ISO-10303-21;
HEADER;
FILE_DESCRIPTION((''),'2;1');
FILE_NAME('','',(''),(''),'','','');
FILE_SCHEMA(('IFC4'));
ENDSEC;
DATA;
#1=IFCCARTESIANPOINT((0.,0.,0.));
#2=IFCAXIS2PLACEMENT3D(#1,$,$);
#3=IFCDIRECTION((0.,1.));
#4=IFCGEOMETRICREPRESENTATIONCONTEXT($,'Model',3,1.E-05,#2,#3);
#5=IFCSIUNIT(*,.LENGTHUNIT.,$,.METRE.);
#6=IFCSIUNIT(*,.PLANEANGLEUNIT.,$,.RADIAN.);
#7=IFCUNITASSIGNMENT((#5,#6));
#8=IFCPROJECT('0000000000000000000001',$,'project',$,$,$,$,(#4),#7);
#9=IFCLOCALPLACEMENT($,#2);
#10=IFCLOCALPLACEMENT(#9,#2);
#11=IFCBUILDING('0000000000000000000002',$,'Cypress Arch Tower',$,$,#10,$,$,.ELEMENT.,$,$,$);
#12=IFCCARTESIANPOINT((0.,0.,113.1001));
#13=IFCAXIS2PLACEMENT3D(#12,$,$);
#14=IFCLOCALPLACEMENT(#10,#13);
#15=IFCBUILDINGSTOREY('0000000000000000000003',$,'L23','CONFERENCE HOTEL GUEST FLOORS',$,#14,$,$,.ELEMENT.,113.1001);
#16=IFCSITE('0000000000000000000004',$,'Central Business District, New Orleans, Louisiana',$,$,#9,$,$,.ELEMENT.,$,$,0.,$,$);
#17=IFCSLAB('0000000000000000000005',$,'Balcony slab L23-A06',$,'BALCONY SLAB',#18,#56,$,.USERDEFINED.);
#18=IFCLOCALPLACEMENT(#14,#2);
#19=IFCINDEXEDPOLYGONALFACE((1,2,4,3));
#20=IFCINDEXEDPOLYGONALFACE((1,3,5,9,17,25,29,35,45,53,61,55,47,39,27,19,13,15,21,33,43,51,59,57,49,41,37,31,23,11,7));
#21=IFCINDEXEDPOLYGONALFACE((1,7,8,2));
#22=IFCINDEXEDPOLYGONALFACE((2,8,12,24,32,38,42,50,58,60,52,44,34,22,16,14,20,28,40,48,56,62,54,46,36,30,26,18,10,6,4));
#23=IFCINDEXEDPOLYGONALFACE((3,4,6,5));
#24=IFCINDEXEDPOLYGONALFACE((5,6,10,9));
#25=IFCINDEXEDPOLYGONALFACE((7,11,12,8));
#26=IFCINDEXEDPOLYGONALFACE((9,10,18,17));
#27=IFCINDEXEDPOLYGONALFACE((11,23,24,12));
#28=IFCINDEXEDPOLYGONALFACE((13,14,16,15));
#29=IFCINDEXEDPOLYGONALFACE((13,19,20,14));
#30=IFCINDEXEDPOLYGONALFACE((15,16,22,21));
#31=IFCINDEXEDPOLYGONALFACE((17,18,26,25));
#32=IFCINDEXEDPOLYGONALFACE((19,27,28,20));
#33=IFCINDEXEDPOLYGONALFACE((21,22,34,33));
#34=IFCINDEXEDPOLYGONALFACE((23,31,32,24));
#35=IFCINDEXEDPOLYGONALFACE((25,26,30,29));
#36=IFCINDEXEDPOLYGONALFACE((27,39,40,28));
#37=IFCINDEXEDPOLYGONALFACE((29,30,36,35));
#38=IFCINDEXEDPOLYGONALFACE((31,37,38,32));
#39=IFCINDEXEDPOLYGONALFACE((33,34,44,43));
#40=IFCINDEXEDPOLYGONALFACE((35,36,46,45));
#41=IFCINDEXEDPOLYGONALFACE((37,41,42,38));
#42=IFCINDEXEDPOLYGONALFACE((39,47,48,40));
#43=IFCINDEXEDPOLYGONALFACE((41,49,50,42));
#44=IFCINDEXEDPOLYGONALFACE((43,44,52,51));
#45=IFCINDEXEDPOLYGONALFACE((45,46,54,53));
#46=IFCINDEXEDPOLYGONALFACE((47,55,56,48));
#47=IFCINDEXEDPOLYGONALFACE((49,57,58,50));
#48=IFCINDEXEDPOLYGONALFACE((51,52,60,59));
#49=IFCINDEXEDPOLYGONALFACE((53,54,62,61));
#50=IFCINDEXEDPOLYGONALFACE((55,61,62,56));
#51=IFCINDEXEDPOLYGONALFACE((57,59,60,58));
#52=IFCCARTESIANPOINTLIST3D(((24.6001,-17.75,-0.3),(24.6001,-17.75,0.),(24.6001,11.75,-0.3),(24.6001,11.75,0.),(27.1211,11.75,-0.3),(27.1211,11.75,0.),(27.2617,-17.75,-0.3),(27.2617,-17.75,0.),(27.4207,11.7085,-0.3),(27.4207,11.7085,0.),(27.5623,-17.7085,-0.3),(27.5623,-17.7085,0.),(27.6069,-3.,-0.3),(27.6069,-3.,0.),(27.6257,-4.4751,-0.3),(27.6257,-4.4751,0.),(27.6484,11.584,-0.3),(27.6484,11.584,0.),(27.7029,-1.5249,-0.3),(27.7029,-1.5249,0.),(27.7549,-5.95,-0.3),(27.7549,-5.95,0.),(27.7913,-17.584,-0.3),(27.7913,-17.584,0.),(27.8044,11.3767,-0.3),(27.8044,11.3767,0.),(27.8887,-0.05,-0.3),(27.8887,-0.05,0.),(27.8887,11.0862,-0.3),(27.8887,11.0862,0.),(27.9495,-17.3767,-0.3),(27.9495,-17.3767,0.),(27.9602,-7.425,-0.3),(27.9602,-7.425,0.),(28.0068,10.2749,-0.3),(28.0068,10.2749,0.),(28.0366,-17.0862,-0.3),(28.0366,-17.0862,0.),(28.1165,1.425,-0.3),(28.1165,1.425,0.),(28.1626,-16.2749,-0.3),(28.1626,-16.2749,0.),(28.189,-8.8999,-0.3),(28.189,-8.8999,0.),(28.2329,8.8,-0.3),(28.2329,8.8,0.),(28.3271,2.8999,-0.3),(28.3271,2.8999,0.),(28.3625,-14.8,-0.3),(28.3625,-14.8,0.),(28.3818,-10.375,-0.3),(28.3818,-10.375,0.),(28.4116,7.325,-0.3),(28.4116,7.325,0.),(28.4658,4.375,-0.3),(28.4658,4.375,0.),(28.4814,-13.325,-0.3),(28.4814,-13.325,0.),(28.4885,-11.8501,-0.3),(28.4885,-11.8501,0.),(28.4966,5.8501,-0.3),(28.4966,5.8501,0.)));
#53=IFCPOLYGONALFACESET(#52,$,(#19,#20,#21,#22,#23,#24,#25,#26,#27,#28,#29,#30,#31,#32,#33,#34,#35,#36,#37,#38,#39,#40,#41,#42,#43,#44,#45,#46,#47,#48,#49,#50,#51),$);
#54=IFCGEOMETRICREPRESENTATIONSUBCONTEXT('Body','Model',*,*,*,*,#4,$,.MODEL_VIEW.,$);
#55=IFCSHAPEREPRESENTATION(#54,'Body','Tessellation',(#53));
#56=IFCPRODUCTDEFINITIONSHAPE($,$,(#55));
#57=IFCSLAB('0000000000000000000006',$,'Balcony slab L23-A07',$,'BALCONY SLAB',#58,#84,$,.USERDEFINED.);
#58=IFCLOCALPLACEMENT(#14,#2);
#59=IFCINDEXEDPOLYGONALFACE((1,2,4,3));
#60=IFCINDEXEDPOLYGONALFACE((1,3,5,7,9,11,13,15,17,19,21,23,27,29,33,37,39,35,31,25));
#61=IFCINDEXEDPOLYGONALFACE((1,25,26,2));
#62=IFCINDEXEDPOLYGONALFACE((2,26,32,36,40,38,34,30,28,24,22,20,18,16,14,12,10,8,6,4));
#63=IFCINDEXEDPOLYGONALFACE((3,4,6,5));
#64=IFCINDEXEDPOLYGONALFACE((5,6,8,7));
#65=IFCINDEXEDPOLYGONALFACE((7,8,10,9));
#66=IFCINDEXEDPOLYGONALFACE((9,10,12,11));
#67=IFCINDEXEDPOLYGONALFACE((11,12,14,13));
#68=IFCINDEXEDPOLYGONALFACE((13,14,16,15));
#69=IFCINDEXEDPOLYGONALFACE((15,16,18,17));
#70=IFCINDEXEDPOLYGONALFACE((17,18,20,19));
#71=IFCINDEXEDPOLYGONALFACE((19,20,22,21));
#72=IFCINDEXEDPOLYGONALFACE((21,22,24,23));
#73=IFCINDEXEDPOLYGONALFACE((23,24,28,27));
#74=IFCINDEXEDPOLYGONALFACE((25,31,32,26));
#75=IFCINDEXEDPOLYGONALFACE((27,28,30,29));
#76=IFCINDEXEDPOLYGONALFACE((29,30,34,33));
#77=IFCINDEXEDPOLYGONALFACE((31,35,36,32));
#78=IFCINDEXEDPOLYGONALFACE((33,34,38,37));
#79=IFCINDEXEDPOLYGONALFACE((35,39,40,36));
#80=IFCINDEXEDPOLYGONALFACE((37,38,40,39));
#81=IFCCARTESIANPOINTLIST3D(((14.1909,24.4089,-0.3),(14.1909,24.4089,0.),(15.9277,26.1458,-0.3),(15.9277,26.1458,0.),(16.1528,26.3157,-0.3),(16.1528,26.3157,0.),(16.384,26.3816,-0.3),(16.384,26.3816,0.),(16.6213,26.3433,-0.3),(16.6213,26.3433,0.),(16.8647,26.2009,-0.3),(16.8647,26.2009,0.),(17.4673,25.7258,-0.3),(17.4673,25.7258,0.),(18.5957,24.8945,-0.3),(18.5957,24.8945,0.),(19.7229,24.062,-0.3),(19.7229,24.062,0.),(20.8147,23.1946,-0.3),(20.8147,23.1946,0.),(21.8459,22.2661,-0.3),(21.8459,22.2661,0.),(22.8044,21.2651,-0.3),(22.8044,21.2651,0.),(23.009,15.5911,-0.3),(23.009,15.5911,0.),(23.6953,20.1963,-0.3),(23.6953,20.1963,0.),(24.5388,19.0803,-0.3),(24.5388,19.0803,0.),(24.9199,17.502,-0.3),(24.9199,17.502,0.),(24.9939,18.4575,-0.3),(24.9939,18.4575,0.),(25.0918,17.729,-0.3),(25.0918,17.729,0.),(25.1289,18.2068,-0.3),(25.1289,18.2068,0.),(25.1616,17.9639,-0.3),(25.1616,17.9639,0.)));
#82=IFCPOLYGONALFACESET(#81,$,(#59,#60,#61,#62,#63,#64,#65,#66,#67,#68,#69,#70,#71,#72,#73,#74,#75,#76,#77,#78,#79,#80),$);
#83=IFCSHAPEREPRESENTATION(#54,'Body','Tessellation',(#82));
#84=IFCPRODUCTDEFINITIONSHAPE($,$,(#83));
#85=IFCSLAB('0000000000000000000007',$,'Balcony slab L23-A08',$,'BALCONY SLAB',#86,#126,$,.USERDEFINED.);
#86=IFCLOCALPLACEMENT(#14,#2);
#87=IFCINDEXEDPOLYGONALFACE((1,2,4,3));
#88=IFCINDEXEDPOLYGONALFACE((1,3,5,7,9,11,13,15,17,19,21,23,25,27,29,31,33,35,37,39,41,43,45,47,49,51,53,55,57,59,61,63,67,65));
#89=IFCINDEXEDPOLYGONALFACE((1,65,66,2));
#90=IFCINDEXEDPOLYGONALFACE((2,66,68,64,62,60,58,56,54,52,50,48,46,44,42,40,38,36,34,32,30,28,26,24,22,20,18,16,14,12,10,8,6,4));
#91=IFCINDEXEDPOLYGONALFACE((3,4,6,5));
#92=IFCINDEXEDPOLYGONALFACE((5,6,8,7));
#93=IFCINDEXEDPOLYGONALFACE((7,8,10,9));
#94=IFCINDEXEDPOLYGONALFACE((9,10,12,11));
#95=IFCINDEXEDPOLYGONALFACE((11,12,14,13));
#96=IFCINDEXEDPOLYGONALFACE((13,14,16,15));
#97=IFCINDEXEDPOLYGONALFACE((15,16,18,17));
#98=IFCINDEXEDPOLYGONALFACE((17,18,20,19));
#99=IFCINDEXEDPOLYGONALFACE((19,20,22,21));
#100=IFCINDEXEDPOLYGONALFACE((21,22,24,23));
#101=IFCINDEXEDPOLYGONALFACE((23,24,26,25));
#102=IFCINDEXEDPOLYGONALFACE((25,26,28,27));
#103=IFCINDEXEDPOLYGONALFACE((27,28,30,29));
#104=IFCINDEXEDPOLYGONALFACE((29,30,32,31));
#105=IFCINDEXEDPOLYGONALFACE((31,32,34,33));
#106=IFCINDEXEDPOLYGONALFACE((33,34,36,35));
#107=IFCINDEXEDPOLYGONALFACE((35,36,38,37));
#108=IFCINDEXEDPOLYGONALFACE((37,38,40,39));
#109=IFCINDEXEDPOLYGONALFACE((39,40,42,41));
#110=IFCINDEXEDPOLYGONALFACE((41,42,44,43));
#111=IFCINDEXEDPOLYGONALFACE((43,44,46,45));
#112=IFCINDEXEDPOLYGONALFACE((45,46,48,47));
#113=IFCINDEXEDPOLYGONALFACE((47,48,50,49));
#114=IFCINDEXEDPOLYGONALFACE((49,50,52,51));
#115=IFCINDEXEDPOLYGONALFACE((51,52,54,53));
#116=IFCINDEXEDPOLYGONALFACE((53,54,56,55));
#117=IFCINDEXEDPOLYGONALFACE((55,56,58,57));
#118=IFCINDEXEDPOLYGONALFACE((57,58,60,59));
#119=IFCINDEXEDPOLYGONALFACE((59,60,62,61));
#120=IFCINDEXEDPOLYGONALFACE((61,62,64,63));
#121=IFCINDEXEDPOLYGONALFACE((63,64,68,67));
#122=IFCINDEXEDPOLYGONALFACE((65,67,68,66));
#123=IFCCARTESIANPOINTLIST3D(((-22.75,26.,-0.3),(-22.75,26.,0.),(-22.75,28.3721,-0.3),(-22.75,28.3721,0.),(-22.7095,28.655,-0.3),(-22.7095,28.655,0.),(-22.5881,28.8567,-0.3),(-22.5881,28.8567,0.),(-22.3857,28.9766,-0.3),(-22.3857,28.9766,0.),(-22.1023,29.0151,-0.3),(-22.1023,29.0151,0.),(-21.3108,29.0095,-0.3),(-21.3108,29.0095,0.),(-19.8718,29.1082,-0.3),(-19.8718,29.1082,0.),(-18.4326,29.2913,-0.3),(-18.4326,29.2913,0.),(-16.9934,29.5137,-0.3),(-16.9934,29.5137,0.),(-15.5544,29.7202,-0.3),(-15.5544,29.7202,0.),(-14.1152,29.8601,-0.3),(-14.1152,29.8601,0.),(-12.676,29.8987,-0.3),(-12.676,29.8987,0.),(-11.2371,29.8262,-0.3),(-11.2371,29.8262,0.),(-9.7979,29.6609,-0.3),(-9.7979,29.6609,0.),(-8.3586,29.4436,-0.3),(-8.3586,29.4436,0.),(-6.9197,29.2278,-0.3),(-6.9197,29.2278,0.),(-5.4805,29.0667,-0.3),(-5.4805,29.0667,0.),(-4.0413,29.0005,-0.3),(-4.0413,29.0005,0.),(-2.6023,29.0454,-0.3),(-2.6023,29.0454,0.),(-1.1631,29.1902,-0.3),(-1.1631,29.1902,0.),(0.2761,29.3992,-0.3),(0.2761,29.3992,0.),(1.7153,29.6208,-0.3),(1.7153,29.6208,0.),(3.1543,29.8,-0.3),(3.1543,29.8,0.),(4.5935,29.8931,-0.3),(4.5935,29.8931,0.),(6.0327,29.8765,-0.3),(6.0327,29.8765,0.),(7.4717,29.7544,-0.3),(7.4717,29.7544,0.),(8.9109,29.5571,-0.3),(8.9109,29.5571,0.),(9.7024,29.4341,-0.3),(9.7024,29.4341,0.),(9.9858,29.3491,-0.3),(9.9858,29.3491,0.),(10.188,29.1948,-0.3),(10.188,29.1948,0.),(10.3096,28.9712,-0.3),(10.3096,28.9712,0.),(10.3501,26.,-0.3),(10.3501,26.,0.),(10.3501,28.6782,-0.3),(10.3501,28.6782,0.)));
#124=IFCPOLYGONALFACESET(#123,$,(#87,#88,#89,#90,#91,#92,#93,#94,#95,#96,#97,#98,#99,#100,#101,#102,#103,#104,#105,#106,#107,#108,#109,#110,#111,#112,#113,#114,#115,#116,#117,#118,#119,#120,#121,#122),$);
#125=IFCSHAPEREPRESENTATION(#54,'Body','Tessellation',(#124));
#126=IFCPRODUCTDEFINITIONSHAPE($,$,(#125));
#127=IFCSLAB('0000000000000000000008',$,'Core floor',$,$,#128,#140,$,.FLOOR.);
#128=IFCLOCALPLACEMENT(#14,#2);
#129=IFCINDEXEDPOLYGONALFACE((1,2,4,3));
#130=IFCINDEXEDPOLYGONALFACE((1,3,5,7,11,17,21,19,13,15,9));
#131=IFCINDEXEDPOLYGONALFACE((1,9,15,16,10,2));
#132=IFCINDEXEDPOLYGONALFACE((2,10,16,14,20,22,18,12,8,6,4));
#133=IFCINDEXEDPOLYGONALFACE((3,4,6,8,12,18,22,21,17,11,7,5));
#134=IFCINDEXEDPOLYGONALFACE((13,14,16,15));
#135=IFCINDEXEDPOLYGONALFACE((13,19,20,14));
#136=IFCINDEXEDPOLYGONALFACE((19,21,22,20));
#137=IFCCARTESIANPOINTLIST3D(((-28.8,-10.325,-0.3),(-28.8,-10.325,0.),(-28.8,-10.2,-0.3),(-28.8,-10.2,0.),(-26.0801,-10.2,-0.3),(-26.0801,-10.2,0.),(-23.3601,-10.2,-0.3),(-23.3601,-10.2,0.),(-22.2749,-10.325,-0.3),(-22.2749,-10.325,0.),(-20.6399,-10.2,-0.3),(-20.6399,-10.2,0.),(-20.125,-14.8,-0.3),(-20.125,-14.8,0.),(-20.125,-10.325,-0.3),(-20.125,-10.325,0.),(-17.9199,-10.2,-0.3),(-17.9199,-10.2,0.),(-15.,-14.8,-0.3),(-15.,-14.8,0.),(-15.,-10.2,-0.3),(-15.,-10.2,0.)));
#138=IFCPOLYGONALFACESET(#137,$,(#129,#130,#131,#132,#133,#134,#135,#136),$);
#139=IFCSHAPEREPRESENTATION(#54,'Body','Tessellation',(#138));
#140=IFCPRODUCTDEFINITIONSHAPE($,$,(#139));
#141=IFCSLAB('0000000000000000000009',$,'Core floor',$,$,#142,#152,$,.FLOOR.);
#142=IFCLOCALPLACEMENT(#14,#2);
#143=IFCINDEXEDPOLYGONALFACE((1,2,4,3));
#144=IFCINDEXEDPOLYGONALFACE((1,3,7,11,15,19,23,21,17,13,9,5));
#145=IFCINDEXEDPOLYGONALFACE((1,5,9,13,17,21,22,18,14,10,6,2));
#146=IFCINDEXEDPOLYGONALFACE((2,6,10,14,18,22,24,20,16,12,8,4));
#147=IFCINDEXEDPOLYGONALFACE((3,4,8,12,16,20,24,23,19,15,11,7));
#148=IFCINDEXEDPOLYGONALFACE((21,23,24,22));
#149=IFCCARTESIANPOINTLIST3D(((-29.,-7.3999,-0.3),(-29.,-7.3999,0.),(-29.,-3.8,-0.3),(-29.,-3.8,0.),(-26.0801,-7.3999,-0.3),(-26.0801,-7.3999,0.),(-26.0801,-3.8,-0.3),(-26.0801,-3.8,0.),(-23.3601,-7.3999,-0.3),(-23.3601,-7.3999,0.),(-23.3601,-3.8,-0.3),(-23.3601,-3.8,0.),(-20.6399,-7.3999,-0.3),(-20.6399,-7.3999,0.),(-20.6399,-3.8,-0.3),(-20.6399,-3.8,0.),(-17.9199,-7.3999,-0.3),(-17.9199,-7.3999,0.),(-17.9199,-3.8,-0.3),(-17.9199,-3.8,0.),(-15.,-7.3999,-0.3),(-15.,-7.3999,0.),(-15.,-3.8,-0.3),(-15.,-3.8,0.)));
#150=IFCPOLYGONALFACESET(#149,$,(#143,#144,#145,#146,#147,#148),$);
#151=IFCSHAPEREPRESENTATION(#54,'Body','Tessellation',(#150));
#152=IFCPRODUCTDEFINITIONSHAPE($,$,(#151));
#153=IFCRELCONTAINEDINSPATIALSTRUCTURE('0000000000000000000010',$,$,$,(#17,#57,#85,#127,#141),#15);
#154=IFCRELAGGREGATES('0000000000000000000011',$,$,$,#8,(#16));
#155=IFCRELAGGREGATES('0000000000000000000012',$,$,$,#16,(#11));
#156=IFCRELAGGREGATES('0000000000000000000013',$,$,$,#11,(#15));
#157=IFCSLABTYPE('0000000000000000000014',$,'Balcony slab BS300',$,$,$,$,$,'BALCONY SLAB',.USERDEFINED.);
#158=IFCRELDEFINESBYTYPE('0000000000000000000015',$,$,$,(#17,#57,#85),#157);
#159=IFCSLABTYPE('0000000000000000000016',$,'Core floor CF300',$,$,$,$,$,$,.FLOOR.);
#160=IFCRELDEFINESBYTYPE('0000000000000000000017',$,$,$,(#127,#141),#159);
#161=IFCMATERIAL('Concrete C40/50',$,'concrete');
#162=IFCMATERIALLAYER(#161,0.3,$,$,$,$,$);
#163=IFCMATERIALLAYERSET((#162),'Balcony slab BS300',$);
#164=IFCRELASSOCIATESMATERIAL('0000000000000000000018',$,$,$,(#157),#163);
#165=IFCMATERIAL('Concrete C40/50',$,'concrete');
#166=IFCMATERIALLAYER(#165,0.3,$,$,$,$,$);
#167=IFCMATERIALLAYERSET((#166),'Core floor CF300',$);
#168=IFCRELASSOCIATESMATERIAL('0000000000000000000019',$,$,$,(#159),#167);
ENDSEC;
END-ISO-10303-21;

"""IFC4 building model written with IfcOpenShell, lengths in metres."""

from ifc_helpers import new_model, si_unit, direction, frame, origin, place, context, subcontext, project, spatial, polyline, outline, extrude, material, layer, layer_set, type_object, element, save


model = new_model("IFC4")

# Units and contexts
model_context = context("Model", 3, precision=1e-05, world=origin(), true_north=direction((0.0, 1.0)))
body_context = subcontext(model_context, "Body", "Model", "MODEL_VIEW")
ifc_project = project(units=[si_unit("LENGTHUNIT", "METRE"), si_unit("PLANEANGLEUNIT", "RADIAN")], contexts=[model_context])

# Site, building, storey
site_placement = place(None, origin())
site = spatial("IfcSite", under=ifc_project, at=site_placement, Name="Central Business District, New Orleans, Louisiana", CompositionType="ELEMENT", RefElevation=0.0)
building_placement = place(site_placement, origin())
building = spatial("IfcBuilding", under=site, at=building_placement, Name="Cypress Arch Tower", CompositionType="ELEMENT")
storey_placement = place(building_placement, frame((0.0, 0.0, 113.1001)))
storey = spatial("IfcBuildingStorey", under=building, at=storey_placement, Name="L23", Description="CONFERENCE HOTEL GUEST FLOORS", CompositionType="ELEMENT", Elevation=113.1001)

# Slabs
ifc_material_1 = material(Name="Concrete C40/50", Category="concrete")
ifc_layer_1 = layer(ifc_material_1, 0.3)
ifc_layer_set_1 = layer_set([ifc_layer_1], Name="Balcony slab BS300")
slab_type_1 = type_object("IfcSlabType", Name="Balcony slab BS300", ElementType="BALCONY SLAB", PredefinedType="USERDEFINED", material=ifc_layer_set_1)
slab_1_placement = place(storey_placement, frame((0.0, 0.0, -0.3)))
element("IfcSlab", 1, at=slab_1_placement, inside=storey, type_object=slab_type_1, Name="Balcony slab L23-A06", ObjectType="BALCONY SLAB", PredefinedType="USERDEFINED", context=body_context, shape_type="SweptSolid", body=[
    extrude(outline(polyline([(24.6001, -17.75), (27.2617, -17.75), (27.5623, -17.7085), (27.7913, -17.584), (27.9495, -17.3767), (28.0366, -17.0862), (28.1626, -16.2749), (28.3625, -14.8), (28.4814, -13.325), (28.4885, -11.8501), (28.3818, -10.375), (28.189, -8.8999), (27.9602, -7.425), (27.7549, -5.95), (27.6257, -4.4751), (27.6069, -3.0), (27.7029, -1.5249), (27.8887, -0.05), (28.1165, 1.425), (28.3271, 2.8999), (28.4658, 4.375), (28.4966, 5.8501), (28.4116, 7.325), (28.2329, 8.8), (28.0068, 10.2749), (27.8887, 11.0862), (27.8044, 11.3767), (27.6484, 11.584), (27.4207, 11.7085), (27.1211, 11.75), (24.6001, 11.75), (24.6001, -17.75)])), origin(), (0.0, 0.0, 1.0), 0.3),
])
slab_2_placement = place(storey_placement, frame((0.0, 0.0, -0.3)))
element("IfcSlab", 2, at=slab_2_placement, inside=storey, type_object=slab_type_1, Name="Balcony slab L23-A07", ObjectType="BALCONY SLAB", PredefinedType="USERDEFINED", context=body_context, shape_type="SweptSolid", body=[
    extrude(outline(polyline([(23.009, 15.5911), (24.9199, 17.502), (25.0918, 17.729), (25.1616, 17.9639), (25.1289, 18.2068), (24.9939, 18.4575), (24.5388, 19.0803), (23.6953, 20.1963), (22.8044, 21.2651), (21.8459, 22.2661), (20.8147, 23.1946), (19.7229, 24.062), (18.5957, 24.8945), (17.4673, 25.7258), (16.8647, 26.2009), (16.6213, 26.3433), (16.384, 26.3816), (16.1528, 26.3157), (15.9277, 26.1458), (14.1909, 24.4089), (23.009, 15.5911)])), origin(), (0.0, 0.0, 1.0), 0.3),
])
slab_3_placement = place(storey_placement, frame((0.0, 0.0, -0.3)))
element("IfcSlab", 3, at=slab_3_placement, inside=storey, type_object=slab_type_1, Name="Balcony slab L23-A08", ObjectType="BALCONY SLAB", PredefinedType="USERDEFINED", context=body_context, shape_type="SweptSolid", body=[
    extrude(outline(polyline([(10.3501, 26.0), (10.3501, 28.6782), (10.3096, 28.9712), (10.188, 29.1948), (9.9858, 29.3491), (9.7024, 29.4341), (8.9109, 29.5571), (7.4717, 29.7544), (6.0327, 29.8765), (4.5935, 29.8931), (3.1543, 29.8), (1.7153, 29.6208), (0.2761, 29.3992), (-1.1631, 29.1902), (-2.6023, 29.0454), (-4.0413, 29.0005), (-5.4805, 29.0667), (-6.9197, 29.2278), (-8.3586, 29.4436), (-9.7979, 29.6609), (-11.2371, 29.8262), (-12.676, 29.8987), (-14.1152, 29.8601), (-15.5544, 29.7202), (-16.9934, 29.5137), (-18.4326, 29.2913), (-19.8718, 29.1082), (-21.3108, 29.0095), (-22.1023, 29.0151), (-22.3857, 28.9766), (-22.5881, 28.8567), (-22.7095, 28.655), (-22.75, 28.3721), (-22.75, 26.0), (10.3501, 26.0)])), origin(), (0.0, 0.0, 1.0), 0.3),
])
ifc_material_2 = material(Name="Concrete C40/50", Category="concrete")
ifc_layer_2 = layer(ifc_material_2, 0.3)
ifc_layer_set_2 = layer_set([ifc_layer_2], Name="Core floor CF300")
slab_type_2 = type_object("IfcSlabType", Name="Core floor CF300", PredefinedType="FLOOR", material=ifc_layer_set_2)
slab_4_placement = place(storey_placement, frame((0.0, 0.0, -0.3)))
element("IfcSlab", 4, at=slab_4_placement, inside=storey, type_object=slab_type_2, Name="Core floor", PredefinedType="FLOOR", context=body_context, shape_type="SweptSolid", body=[
    extrude(outline(polyline([(-20.125, -14.8), (-15.0, -14.8), (-15.0, -10.2), (-17.9199, -10.2), (-20.6399, -10.2), (-23.3601, -10.2), (-26.0801, -10.2), (-28.8, -10.2), (-28.8, -10.325), (-22.2749, -10.325), (-20.125, -10.325), (-20.125, -14.8)])), origin(), (0.0, 0.0, 1.0), 0.3),
])
slab_5_placement = place(storey_placement, frame((0.0, 0.0, -0.3)))
element("IfcSlab", 5, at=slab_5_placement, inside=storey, type_object=slab_type_2, Name="Core floor", PredefinedType="FLOOR", context=body_context, shape_type="SweptSolid", body=[
    extrude(outline(polyline([(-29.0, -3.8), (-29.0, -7.3999), (-26.0801, -7.3999), (-23.3601, -7.3999), (-20.6399, -7.3999), (-17.9199, -7.3999), (-15.0, -7.3999), (-15.0, -3.8), (-17.9199, -3.8), (-20.6399, -3.8), (-23.3601, -3.8), (-26.0801, -3.8), (-29.0, -3.8)])), origin(), (0.0, 0.0, 1.0), 0.3),
])

save(model, "model.ifc")
